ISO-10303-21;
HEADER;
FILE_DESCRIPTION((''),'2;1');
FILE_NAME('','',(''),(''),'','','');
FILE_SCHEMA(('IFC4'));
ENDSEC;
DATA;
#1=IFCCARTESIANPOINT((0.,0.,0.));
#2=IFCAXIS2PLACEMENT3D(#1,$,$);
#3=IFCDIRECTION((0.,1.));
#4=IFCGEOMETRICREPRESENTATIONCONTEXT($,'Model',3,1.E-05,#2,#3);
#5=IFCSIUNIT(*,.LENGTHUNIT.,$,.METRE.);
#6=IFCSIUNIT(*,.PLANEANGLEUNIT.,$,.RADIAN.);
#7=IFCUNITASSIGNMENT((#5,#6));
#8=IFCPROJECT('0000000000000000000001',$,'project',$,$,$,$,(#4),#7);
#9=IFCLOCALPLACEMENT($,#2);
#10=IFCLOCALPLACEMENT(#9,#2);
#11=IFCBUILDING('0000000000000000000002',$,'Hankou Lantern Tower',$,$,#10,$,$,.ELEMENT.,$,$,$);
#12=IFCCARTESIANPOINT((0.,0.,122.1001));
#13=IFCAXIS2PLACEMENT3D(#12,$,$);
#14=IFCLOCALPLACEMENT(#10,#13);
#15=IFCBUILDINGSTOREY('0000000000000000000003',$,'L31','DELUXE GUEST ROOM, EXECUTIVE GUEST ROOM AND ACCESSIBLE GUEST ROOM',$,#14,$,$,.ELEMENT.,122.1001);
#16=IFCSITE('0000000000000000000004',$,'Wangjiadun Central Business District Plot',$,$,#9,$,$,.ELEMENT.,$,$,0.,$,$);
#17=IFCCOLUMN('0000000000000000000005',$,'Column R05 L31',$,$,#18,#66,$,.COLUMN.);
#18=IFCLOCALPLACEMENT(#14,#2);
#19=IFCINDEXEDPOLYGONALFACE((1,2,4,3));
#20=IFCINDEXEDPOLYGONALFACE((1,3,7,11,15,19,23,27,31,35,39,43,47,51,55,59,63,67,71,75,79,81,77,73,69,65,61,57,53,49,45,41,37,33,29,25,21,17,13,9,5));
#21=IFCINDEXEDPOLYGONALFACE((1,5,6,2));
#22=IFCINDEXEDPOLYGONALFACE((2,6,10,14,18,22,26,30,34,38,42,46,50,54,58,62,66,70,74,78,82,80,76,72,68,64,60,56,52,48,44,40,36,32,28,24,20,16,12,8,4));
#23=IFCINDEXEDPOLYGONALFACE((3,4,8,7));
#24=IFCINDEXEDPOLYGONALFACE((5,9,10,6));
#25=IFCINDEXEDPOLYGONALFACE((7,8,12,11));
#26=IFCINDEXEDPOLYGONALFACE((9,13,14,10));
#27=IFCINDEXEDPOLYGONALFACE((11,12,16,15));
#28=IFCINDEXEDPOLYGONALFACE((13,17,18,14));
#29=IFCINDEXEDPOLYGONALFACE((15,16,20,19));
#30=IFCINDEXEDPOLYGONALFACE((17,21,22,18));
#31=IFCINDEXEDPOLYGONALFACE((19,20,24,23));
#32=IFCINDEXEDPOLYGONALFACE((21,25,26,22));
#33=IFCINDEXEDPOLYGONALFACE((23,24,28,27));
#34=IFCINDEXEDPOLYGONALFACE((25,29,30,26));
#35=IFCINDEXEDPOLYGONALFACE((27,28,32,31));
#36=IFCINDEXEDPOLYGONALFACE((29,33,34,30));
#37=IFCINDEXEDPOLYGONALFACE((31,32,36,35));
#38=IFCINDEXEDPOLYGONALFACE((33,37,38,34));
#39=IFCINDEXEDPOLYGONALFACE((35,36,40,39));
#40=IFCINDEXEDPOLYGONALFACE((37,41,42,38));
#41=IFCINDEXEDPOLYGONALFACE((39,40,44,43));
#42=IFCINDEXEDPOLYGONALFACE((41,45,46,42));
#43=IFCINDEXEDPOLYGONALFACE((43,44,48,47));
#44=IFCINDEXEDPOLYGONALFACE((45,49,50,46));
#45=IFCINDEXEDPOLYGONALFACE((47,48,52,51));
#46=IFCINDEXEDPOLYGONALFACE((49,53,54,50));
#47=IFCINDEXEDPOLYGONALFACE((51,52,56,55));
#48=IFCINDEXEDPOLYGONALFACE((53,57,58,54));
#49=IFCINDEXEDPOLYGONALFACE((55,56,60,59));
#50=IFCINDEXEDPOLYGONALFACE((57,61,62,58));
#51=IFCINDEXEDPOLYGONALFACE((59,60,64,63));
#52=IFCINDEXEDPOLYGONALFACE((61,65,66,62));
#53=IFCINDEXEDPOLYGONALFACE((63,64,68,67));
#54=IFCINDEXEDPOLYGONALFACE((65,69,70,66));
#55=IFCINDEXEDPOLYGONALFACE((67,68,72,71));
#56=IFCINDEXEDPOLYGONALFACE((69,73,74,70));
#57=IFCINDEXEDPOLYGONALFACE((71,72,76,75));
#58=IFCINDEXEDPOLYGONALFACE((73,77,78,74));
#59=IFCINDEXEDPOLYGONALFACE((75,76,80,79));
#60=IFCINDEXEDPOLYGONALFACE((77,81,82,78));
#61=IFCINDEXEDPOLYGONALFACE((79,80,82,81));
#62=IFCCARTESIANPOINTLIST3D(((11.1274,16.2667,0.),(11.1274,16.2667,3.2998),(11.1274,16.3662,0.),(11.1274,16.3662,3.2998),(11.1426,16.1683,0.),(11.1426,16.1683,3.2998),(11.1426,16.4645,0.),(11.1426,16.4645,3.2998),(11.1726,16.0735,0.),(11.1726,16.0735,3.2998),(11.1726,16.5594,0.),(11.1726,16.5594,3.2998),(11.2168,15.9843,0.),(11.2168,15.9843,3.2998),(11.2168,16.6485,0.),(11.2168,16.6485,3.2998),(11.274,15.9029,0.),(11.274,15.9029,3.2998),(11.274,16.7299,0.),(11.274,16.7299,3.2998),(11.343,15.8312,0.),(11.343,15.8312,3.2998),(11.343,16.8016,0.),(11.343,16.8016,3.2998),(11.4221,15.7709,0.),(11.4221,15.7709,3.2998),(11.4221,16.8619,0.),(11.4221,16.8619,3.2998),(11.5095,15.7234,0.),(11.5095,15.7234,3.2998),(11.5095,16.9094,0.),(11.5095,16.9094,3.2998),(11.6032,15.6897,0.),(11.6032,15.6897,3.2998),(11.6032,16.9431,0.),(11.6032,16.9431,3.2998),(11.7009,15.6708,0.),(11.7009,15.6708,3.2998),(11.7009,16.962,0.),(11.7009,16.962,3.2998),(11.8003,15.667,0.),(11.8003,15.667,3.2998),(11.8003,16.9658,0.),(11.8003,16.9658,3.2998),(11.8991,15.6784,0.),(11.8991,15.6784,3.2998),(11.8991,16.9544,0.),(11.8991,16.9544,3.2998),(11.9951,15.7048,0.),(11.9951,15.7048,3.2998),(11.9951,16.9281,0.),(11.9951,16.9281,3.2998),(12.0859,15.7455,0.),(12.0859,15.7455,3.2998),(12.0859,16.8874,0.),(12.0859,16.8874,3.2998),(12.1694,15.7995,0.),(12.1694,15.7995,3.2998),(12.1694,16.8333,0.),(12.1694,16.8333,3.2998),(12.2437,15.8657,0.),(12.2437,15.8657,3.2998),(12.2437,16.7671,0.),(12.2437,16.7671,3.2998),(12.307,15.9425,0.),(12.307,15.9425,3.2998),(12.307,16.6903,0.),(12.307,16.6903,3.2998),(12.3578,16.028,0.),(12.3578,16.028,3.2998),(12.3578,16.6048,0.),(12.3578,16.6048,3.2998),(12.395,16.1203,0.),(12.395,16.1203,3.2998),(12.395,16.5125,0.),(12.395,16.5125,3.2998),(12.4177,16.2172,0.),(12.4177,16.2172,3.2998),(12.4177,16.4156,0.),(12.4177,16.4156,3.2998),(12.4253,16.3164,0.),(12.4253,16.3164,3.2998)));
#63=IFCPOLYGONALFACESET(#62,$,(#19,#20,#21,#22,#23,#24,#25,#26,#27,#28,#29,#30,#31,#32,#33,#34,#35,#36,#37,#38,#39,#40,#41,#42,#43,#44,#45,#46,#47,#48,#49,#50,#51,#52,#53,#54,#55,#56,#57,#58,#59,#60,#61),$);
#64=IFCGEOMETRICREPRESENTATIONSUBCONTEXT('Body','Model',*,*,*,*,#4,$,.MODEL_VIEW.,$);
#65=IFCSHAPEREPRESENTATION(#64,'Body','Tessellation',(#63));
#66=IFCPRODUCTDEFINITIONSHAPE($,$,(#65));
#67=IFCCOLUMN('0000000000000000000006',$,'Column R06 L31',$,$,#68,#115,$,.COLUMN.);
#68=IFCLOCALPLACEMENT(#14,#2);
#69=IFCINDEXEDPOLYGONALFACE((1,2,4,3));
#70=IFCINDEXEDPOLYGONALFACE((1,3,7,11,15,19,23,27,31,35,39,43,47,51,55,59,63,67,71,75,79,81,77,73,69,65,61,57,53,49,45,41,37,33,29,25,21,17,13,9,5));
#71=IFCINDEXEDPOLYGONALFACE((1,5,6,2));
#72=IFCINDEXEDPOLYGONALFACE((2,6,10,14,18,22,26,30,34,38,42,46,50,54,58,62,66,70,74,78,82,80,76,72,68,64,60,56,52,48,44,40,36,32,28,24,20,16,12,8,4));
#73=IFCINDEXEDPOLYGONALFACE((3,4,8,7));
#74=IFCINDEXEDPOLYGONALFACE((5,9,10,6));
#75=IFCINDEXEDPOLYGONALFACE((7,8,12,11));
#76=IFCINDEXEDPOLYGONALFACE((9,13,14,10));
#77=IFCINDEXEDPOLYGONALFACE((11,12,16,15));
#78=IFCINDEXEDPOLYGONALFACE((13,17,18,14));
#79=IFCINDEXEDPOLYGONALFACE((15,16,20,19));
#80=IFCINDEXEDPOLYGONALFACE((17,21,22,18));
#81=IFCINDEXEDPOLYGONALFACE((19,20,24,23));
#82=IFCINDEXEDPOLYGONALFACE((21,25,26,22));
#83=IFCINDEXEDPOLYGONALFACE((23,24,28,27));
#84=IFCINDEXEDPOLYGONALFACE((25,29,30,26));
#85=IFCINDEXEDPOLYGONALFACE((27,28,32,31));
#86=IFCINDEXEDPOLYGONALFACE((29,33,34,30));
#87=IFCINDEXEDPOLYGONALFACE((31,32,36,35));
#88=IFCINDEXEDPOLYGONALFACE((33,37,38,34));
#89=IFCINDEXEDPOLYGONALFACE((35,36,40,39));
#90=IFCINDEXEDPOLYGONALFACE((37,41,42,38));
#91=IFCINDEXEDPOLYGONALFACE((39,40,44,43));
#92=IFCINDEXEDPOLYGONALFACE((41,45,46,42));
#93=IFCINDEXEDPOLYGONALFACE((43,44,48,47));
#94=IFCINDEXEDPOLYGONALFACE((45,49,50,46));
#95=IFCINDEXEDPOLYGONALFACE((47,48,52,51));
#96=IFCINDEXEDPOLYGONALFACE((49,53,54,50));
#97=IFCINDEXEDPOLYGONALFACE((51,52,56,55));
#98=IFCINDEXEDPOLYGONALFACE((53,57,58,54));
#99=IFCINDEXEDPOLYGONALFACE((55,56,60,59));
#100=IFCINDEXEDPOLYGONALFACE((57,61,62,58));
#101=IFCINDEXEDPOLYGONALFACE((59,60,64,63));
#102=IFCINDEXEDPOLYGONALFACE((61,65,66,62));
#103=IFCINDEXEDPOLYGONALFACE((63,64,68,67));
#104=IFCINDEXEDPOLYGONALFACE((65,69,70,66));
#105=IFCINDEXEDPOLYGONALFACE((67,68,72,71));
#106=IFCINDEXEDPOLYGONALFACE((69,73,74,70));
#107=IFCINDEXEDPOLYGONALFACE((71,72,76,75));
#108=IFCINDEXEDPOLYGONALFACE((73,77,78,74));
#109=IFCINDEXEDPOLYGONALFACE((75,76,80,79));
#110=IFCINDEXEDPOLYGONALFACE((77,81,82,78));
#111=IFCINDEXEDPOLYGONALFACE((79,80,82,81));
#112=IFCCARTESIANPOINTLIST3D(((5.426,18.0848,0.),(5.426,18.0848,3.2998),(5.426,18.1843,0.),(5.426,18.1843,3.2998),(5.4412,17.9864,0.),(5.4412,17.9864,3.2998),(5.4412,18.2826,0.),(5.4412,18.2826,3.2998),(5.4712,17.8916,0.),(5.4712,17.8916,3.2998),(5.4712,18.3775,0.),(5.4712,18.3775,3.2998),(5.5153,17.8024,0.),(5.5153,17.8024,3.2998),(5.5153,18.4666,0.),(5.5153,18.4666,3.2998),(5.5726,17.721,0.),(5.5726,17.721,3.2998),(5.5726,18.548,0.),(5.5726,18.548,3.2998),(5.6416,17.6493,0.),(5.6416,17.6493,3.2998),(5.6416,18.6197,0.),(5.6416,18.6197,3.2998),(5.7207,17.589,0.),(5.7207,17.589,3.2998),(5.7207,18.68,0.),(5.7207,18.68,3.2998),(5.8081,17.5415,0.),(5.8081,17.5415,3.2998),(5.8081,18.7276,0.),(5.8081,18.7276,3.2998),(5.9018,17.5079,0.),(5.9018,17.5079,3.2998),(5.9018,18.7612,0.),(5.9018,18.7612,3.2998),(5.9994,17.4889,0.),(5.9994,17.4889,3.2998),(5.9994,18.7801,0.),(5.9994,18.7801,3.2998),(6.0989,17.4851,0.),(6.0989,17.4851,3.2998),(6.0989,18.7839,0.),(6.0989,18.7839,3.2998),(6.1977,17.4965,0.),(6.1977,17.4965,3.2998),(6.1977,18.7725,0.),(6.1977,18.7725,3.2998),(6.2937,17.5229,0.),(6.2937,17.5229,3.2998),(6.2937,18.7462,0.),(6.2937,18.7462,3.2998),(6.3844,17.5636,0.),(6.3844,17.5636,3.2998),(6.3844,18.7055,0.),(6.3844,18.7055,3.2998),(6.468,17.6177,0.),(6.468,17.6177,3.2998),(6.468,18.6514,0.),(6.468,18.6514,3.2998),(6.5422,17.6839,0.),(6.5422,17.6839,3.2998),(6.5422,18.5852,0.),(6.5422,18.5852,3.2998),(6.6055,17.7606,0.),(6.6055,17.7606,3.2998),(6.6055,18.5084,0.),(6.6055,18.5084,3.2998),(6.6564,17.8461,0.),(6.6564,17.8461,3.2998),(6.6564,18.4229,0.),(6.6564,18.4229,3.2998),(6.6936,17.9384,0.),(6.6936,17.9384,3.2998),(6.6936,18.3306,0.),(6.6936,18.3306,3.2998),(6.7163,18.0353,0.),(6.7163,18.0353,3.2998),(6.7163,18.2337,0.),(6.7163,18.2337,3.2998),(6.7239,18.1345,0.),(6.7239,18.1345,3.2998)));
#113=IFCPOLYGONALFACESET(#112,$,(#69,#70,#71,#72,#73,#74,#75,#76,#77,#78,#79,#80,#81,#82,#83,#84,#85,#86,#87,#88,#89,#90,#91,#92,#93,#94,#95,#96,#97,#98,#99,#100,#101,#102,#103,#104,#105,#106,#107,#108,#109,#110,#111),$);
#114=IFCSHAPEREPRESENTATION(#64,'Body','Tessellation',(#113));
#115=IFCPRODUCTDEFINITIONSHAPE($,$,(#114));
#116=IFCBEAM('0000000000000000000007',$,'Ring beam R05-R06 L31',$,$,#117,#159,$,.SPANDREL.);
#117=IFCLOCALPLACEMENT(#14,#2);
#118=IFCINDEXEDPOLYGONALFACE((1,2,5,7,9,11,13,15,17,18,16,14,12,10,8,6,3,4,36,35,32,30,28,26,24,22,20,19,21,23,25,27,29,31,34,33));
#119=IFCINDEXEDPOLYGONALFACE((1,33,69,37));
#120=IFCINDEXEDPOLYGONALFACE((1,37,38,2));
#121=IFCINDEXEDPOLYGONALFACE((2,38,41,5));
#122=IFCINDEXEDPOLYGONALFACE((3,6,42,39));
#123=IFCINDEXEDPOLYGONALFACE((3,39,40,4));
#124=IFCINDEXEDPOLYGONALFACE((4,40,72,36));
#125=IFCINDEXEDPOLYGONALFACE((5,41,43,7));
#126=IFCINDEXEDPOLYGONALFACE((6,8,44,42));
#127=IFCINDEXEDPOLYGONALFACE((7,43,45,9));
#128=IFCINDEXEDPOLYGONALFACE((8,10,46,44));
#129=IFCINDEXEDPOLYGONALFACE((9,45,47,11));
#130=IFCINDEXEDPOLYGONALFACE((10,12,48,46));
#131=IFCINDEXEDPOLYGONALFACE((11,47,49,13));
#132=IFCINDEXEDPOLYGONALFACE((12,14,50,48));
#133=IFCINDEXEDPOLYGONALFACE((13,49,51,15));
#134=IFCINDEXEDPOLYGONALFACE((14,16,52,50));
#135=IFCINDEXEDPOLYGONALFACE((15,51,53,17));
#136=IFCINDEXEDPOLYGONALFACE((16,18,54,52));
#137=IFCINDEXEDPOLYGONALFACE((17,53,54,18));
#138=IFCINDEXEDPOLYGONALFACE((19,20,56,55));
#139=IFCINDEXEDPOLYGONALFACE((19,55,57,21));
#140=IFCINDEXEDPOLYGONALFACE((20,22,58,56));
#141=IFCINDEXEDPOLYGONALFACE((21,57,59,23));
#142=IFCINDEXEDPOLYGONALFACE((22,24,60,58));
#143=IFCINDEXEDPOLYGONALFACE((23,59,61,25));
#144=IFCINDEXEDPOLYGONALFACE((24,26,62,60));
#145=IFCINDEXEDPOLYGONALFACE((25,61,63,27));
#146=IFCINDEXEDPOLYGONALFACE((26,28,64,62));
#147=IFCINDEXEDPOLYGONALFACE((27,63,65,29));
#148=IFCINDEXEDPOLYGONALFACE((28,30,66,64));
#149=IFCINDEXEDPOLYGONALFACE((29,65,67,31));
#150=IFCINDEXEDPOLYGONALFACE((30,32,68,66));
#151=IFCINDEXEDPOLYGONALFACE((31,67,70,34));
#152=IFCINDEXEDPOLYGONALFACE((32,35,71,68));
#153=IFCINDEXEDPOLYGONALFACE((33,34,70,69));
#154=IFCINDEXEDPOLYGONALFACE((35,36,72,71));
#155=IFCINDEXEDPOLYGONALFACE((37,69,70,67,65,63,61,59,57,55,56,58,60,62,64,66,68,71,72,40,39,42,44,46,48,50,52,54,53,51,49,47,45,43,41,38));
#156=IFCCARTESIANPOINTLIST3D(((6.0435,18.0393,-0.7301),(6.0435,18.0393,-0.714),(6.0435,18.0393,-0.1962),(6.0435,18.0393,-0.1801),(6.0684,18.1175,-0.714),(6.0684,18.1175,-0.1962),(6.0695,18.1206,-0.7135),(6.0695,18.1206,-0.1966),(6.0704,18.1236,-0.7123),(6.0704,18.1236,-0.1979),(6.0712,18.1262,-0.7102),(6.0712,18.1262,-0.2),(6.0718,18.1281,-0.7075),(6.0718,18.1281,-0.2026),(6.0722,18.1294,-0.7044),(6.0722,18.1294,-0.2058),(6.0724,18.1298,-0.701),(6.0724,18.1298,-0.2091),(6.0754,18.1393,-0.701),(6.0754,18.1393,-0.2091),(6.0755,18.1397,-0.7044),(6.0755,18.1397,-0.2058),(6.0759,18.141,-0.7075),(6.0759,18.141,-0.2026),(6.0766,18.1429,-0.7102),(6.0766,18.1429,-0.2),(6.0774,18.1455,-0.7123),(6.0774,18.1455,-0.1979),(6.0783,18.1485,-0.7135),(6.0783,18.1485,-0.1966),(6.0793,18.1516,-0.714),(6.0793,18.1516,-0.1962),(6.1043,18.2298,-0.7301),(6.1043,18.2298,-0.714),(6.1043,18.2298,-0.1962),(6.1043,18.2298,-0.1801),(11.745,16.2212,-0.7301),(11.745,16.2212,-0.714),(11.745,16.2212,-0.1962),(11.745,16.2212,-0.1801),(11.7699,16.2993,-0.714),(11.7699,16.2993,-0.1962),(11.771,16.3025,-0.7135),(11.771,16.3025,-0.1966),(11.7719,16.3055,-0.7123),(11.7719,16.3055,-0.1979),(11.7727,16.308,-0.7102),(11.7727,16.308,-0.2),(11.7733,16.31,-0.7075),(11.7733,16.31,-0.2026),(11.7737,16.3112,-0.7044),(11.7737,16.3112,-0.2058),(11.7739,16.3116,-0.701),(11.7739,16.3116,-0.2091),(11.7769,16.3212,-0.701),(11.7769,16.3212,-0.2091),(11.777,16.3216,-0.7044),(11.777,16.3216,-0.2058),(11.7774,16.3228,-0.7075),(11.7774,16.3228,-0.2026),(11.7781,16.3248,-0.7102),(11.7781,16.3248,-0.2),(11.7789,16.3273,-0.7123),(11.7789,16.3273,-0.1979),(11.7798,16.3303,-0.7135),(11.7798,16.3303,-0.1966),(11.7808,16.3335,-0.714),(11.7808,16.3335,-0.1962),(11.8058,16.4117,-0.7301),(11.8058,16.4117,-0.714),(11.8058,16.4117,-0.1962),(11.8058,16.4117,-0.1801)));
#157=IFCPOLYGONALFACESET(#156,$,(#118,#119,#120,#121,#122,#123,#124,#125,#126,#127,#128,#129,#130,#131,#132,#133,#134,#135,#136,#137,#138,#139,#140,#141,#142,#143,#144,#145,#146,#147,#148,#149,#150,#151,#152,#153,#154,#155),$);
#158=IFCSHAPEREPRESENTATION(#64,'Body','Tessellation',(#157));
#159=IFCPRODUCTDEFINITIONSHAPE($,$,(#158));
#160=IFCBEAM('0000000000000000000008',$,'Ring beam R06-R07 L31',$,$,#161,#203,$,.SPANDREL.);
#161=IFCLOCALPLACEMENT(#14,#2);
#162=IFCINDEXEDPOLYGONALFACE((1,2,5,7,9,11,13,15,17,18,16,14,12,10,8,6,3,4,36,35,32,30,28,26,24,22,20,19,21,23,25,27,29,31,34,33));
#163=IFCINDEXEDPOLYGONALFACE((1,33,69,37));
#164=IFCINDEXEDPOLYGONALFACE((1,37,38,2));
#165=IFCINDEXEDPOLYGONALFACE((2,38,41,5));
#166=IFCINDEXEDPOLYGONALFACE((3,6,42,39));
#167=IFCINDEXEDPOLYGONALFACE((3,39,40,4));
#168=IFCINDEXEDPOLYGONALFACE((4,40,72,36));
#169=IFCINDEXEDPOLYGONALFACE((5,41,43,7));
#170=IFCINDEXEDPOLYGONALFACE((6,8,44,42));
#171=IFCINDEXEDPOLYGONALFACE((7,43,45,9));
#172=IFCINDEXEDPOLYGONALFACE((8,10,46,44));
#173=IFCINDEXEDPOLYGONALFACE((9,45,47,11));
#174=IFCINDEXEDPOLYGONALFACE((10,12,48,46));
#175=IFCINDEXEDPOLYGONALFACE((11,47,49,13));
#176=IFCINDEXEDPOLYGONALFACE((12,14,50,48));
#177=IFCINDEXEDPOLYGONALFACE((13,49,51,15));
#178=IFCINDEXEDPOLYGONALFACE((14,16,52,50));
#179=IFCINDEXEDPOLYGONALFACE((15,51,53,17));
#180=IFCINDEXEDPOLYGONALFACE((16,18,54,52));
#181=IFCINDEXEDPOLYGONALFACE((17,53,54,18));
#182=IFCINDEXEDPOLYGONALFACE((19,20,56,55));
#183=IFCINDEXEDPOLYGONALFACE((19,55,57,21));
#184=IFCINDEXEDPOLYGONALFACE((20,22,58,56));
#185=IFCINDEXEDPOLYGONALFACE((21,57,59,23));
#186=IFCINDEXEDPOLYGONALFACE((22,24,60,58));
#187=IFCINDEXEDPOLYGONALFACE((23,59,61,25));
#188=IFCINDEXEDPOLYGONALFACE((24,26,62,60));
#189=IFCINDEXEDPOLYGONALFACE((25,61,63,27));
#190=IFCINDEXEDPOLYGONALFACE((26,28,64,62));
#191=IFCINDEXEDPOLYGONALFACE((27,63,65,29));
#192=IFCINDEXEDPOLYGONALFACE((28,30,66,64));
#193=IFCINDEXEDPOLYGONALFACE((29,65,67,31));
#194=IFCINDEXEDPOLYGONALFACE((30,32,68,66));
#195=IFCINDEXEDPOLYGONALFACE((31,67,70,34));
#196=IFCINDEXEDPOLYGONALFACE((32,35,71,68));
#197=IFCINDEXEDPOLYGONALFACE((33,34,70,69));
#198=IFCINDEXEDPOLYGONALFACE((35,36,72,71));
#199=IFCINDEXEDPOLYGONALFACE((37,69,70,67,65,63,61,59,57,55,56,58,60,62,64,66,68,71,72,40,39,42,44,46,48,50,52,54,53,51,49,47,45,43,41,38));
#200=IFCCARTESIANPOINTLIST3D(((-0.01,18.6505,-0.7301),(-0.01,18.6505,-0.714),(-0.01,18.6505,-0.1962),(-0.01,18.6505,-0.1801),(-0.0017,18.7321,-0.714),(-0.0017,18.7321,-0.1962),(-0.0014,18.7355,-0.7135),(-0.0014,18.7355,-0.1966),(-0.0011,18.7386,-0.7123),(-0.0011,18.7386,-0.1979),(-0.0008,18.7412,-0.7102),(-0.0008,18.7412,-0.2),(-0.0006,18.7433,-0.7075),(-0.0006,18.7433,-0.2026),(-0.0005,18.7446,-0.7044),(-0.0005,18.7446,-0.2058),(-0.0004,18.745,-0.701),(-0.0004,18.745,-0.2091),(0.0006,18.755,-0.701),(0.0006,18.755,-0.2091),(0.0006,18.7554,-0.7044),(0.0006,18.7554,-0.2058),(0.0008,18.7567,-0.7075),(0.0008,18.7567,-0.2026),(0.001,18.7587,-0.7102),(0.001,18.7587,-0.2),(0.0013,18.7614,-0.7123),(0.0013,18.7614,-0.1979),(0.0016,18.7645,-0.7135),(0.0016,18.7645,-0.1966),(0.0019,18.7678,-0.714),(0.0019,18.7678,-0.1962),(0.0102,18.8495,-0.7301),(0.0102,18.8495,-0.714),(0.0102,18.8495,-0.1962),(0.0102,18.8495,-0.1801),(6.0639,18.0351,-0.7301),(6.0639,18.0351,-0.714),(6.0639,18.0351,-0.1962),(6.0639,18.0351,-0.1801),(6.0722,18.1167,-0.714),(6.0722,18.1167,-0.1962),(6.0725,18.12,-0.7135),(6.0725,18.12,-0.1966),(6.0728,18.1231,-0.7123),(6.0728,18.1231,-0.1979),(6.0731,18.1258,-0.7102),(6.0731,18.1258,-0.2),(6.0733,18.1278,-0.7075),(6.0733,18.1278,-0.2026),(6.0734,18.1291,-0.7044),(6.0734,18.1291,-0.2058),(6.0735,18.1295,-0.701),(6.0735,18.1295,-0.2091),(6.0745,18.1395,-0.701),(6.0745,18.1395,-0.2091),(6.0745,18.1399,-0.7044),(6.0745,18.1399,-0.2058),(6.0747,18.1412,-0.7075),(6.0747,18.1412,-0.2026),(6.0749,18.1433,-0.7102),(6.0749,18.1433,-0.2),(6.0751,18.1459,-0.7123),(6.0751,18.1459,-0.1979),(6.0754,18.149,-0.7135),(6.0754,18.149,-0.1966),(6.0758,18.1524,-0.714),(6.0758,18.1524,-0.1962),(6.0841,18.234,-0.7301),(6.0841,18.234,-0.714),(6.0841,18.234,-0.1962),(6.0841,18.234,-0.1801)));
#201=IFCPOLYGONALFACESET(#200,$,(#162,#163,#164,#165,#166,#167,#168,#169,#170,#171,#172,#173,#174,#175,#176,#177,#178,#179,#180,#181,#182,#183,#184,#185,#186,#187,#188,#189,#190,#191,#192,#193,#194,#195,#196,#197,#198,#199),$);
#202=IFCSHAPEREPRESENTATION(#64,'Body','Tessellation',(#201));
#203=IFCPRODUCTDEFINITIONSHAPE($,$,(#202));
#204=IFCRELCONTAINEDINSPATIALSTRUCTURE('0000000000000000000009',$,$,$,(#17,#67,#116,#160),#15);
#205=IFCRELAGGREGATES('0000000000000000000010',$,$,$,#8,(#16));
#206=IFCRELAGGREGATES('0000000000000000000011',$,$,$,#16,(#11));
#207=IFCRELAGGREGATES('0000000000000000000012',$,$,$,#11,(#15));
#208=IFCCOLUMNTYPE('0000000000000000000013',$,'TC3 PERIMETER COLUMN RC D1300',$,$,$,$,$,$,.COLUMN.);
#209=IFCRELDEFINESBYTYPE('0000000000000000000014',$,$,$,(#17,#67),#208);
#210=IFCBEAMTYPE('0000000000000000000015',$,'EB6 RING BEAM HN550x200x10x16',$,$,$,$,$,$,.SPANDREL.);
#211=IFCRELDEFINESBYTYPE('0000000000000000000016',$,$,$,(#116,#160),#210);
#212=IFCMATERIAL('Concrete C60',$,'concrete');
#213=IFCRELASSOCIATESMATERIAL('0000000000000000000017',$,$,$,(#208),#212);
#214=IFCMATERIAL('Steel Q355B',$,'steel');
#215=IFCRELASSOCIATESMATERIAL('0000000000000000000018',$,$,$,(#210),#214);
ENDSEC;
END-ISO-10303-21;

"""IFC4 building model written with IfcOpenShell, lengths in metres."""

from ifc_helpers import new_model, si_unit, direction, frame, origin, origin_2d, place, context, subcontext, project, spatial, circle, i_section, extrude, material, material_profile, profile_set, type_object, element, save


model = new_model("IFC4")

# Units and contexts
model_context = context("Model", 3, precision=1e-05, world=origin(), true_north=direction((0.0, 1.0)))
body_context = subcontext(model_context, "Body", "Model", "MODEL_VIEW")
ifc_project = project(units=[si_unit("LENGTHUNIT", "METRE"), si_unit("PLANEANGLEUNIT", "RADIAN")], contexts=[model_context])

# Site, building, storey
site_placement = place(None, origin())
site = spatial("IfcSite", under=ifc_project, at=site_placement, Name="Wangjiadun Central Business District Plot", CompositionType="ELEMENT", RefElevation=0.0)
building_placement = place(site_placement, origin())
building = spatial("IfcBuilding", under=site, at=building_placement, Name="Hankou Lantern Tower", CompositionType="ELEMENT")
storey_placement = place(building_placement, frame((0.0, 0.0, 122.1001)))
storey = spatial("IfcBuildingStorey", under=building, at=storey_placement, Name="L31", Description="DELUXE GUEST ROOM, EXECUTIVE GUEST ROOM AND ACCESSIBLE GUEST ROOM", CompositionType="ELEMENT", Elevation=122.1001)

# Columns
ifc_material_1 = material(Name="Concrete C60", Category="concrete")
ifc_material_profile_1 = material_profile(ifc_material_1, circle(Radius=0.6499, at=origin_2d()), Name="RC D1300")
ifc_profile_set_1 = profile_set([ifc_material_profile_1], Name="Concrete C60")
column_type = type_object("IfcColumnType", Name="TC3 PERIMETER COLUMN RC D1300", PredefinedType="COLUMN", material=ifc_profile_set_1)
for number, where, z_axis, x_axis, name in (
    (1, (11.7754, 16.3164, 0.0), (0.0, 0.0, 1.0), (1.0, 0.0, 0.0), "Column R05 L31"),
    (2, (6.074, 18.1345, 0.0), (0.0, 0.0, 1.0), (1.0, 0.0, 0.0), "Column R06 L31"),
):
    element("IfcColumn", number, at=place(storey_placement, frame(where, z_axis=z_axis, x_axis=x_axis)), inside=storey, type_object=column_type, Name=name, PredefinedType="COLUMN", context=body_context, shape_type="SweptSolid", body=[
        extrude(circle(Radius=0.6499, at=origin_2d()), origin(), (0.0, 0.0, 1.0), 3.2998),
    ])

# Beams
ifc_material_2 = material(Name="Steel Q355B", Category="steel")
ifc_material_profile_2 = material_profile(ifc_material_2, i_section(OverallWidth=0.2, OverallDepth=0.55, WebThickness=0.01, FlangeThickness=0.0161, FilletRadius=0.0129, at=origin_2d()), Name="HN550x200x10x16")
ifc_profile_set_2 = profile_set([ifc_material_profile_2], Name="Steel Q355B")
beam_type_1 = type_object("IfcBeamType", Name="EB6 RING BEAM HN550x200x10x16", PredefinedType="SPANDREL", material=ifc_profile_set_2)
beam_1_placement = place(storey_placement, frame((11.7754, 16.3164, -0.4551), z_axis=(-0.952731, 0.303815, 0.0), x_axis=(-0.303815, -0.952731, 0.0)))
element("IfcBeam", 3, at=beam_1_placement, inside=storey, type_object=beam_type_1, Name="Ring beam R05-R06 L31", PredefinedType="SPANDREL", context=body_context, shape_type="SweptSolid", body=[
    extrude(i_section(OverallWidth=0.2, OverallDepth=0.55, WebThickness=0.01, FlangeThickness=0.0161, FilletRadius=0.0129, at=origin_2d()), origin(), (0.0, 0.0, 1.0), 5.9844),
])
for number, where, z_axis, x_axis, name in (
    (4, (6.074, 18.1345, -0.4551), (-0.994905, 0.100814, 0.0), (-0.100814, -0.994905, 0.0), "Ring beam R06-R07 L31"),
):
    element("IfcBeam", number, at=place(storey_placement, frame(where, z_axis=z_axis, x_axis=x_axis)), inside=storey, type_object=beam_type_1, Name=name, PredefinedType="SPANDREL", context=body_context, shape_type="SweptSolid", body=[
        extrude(i_section(OverallWidth=0.2, OverallDepth=0.55, WebThickness=0.01, FlangeThickness=0.0161, FilletRadius=0.0129, at=origin_2d()), origin(), (0.0, 0.0, 1.0), 6.105),
    ])

save(model, "model.ifc")
